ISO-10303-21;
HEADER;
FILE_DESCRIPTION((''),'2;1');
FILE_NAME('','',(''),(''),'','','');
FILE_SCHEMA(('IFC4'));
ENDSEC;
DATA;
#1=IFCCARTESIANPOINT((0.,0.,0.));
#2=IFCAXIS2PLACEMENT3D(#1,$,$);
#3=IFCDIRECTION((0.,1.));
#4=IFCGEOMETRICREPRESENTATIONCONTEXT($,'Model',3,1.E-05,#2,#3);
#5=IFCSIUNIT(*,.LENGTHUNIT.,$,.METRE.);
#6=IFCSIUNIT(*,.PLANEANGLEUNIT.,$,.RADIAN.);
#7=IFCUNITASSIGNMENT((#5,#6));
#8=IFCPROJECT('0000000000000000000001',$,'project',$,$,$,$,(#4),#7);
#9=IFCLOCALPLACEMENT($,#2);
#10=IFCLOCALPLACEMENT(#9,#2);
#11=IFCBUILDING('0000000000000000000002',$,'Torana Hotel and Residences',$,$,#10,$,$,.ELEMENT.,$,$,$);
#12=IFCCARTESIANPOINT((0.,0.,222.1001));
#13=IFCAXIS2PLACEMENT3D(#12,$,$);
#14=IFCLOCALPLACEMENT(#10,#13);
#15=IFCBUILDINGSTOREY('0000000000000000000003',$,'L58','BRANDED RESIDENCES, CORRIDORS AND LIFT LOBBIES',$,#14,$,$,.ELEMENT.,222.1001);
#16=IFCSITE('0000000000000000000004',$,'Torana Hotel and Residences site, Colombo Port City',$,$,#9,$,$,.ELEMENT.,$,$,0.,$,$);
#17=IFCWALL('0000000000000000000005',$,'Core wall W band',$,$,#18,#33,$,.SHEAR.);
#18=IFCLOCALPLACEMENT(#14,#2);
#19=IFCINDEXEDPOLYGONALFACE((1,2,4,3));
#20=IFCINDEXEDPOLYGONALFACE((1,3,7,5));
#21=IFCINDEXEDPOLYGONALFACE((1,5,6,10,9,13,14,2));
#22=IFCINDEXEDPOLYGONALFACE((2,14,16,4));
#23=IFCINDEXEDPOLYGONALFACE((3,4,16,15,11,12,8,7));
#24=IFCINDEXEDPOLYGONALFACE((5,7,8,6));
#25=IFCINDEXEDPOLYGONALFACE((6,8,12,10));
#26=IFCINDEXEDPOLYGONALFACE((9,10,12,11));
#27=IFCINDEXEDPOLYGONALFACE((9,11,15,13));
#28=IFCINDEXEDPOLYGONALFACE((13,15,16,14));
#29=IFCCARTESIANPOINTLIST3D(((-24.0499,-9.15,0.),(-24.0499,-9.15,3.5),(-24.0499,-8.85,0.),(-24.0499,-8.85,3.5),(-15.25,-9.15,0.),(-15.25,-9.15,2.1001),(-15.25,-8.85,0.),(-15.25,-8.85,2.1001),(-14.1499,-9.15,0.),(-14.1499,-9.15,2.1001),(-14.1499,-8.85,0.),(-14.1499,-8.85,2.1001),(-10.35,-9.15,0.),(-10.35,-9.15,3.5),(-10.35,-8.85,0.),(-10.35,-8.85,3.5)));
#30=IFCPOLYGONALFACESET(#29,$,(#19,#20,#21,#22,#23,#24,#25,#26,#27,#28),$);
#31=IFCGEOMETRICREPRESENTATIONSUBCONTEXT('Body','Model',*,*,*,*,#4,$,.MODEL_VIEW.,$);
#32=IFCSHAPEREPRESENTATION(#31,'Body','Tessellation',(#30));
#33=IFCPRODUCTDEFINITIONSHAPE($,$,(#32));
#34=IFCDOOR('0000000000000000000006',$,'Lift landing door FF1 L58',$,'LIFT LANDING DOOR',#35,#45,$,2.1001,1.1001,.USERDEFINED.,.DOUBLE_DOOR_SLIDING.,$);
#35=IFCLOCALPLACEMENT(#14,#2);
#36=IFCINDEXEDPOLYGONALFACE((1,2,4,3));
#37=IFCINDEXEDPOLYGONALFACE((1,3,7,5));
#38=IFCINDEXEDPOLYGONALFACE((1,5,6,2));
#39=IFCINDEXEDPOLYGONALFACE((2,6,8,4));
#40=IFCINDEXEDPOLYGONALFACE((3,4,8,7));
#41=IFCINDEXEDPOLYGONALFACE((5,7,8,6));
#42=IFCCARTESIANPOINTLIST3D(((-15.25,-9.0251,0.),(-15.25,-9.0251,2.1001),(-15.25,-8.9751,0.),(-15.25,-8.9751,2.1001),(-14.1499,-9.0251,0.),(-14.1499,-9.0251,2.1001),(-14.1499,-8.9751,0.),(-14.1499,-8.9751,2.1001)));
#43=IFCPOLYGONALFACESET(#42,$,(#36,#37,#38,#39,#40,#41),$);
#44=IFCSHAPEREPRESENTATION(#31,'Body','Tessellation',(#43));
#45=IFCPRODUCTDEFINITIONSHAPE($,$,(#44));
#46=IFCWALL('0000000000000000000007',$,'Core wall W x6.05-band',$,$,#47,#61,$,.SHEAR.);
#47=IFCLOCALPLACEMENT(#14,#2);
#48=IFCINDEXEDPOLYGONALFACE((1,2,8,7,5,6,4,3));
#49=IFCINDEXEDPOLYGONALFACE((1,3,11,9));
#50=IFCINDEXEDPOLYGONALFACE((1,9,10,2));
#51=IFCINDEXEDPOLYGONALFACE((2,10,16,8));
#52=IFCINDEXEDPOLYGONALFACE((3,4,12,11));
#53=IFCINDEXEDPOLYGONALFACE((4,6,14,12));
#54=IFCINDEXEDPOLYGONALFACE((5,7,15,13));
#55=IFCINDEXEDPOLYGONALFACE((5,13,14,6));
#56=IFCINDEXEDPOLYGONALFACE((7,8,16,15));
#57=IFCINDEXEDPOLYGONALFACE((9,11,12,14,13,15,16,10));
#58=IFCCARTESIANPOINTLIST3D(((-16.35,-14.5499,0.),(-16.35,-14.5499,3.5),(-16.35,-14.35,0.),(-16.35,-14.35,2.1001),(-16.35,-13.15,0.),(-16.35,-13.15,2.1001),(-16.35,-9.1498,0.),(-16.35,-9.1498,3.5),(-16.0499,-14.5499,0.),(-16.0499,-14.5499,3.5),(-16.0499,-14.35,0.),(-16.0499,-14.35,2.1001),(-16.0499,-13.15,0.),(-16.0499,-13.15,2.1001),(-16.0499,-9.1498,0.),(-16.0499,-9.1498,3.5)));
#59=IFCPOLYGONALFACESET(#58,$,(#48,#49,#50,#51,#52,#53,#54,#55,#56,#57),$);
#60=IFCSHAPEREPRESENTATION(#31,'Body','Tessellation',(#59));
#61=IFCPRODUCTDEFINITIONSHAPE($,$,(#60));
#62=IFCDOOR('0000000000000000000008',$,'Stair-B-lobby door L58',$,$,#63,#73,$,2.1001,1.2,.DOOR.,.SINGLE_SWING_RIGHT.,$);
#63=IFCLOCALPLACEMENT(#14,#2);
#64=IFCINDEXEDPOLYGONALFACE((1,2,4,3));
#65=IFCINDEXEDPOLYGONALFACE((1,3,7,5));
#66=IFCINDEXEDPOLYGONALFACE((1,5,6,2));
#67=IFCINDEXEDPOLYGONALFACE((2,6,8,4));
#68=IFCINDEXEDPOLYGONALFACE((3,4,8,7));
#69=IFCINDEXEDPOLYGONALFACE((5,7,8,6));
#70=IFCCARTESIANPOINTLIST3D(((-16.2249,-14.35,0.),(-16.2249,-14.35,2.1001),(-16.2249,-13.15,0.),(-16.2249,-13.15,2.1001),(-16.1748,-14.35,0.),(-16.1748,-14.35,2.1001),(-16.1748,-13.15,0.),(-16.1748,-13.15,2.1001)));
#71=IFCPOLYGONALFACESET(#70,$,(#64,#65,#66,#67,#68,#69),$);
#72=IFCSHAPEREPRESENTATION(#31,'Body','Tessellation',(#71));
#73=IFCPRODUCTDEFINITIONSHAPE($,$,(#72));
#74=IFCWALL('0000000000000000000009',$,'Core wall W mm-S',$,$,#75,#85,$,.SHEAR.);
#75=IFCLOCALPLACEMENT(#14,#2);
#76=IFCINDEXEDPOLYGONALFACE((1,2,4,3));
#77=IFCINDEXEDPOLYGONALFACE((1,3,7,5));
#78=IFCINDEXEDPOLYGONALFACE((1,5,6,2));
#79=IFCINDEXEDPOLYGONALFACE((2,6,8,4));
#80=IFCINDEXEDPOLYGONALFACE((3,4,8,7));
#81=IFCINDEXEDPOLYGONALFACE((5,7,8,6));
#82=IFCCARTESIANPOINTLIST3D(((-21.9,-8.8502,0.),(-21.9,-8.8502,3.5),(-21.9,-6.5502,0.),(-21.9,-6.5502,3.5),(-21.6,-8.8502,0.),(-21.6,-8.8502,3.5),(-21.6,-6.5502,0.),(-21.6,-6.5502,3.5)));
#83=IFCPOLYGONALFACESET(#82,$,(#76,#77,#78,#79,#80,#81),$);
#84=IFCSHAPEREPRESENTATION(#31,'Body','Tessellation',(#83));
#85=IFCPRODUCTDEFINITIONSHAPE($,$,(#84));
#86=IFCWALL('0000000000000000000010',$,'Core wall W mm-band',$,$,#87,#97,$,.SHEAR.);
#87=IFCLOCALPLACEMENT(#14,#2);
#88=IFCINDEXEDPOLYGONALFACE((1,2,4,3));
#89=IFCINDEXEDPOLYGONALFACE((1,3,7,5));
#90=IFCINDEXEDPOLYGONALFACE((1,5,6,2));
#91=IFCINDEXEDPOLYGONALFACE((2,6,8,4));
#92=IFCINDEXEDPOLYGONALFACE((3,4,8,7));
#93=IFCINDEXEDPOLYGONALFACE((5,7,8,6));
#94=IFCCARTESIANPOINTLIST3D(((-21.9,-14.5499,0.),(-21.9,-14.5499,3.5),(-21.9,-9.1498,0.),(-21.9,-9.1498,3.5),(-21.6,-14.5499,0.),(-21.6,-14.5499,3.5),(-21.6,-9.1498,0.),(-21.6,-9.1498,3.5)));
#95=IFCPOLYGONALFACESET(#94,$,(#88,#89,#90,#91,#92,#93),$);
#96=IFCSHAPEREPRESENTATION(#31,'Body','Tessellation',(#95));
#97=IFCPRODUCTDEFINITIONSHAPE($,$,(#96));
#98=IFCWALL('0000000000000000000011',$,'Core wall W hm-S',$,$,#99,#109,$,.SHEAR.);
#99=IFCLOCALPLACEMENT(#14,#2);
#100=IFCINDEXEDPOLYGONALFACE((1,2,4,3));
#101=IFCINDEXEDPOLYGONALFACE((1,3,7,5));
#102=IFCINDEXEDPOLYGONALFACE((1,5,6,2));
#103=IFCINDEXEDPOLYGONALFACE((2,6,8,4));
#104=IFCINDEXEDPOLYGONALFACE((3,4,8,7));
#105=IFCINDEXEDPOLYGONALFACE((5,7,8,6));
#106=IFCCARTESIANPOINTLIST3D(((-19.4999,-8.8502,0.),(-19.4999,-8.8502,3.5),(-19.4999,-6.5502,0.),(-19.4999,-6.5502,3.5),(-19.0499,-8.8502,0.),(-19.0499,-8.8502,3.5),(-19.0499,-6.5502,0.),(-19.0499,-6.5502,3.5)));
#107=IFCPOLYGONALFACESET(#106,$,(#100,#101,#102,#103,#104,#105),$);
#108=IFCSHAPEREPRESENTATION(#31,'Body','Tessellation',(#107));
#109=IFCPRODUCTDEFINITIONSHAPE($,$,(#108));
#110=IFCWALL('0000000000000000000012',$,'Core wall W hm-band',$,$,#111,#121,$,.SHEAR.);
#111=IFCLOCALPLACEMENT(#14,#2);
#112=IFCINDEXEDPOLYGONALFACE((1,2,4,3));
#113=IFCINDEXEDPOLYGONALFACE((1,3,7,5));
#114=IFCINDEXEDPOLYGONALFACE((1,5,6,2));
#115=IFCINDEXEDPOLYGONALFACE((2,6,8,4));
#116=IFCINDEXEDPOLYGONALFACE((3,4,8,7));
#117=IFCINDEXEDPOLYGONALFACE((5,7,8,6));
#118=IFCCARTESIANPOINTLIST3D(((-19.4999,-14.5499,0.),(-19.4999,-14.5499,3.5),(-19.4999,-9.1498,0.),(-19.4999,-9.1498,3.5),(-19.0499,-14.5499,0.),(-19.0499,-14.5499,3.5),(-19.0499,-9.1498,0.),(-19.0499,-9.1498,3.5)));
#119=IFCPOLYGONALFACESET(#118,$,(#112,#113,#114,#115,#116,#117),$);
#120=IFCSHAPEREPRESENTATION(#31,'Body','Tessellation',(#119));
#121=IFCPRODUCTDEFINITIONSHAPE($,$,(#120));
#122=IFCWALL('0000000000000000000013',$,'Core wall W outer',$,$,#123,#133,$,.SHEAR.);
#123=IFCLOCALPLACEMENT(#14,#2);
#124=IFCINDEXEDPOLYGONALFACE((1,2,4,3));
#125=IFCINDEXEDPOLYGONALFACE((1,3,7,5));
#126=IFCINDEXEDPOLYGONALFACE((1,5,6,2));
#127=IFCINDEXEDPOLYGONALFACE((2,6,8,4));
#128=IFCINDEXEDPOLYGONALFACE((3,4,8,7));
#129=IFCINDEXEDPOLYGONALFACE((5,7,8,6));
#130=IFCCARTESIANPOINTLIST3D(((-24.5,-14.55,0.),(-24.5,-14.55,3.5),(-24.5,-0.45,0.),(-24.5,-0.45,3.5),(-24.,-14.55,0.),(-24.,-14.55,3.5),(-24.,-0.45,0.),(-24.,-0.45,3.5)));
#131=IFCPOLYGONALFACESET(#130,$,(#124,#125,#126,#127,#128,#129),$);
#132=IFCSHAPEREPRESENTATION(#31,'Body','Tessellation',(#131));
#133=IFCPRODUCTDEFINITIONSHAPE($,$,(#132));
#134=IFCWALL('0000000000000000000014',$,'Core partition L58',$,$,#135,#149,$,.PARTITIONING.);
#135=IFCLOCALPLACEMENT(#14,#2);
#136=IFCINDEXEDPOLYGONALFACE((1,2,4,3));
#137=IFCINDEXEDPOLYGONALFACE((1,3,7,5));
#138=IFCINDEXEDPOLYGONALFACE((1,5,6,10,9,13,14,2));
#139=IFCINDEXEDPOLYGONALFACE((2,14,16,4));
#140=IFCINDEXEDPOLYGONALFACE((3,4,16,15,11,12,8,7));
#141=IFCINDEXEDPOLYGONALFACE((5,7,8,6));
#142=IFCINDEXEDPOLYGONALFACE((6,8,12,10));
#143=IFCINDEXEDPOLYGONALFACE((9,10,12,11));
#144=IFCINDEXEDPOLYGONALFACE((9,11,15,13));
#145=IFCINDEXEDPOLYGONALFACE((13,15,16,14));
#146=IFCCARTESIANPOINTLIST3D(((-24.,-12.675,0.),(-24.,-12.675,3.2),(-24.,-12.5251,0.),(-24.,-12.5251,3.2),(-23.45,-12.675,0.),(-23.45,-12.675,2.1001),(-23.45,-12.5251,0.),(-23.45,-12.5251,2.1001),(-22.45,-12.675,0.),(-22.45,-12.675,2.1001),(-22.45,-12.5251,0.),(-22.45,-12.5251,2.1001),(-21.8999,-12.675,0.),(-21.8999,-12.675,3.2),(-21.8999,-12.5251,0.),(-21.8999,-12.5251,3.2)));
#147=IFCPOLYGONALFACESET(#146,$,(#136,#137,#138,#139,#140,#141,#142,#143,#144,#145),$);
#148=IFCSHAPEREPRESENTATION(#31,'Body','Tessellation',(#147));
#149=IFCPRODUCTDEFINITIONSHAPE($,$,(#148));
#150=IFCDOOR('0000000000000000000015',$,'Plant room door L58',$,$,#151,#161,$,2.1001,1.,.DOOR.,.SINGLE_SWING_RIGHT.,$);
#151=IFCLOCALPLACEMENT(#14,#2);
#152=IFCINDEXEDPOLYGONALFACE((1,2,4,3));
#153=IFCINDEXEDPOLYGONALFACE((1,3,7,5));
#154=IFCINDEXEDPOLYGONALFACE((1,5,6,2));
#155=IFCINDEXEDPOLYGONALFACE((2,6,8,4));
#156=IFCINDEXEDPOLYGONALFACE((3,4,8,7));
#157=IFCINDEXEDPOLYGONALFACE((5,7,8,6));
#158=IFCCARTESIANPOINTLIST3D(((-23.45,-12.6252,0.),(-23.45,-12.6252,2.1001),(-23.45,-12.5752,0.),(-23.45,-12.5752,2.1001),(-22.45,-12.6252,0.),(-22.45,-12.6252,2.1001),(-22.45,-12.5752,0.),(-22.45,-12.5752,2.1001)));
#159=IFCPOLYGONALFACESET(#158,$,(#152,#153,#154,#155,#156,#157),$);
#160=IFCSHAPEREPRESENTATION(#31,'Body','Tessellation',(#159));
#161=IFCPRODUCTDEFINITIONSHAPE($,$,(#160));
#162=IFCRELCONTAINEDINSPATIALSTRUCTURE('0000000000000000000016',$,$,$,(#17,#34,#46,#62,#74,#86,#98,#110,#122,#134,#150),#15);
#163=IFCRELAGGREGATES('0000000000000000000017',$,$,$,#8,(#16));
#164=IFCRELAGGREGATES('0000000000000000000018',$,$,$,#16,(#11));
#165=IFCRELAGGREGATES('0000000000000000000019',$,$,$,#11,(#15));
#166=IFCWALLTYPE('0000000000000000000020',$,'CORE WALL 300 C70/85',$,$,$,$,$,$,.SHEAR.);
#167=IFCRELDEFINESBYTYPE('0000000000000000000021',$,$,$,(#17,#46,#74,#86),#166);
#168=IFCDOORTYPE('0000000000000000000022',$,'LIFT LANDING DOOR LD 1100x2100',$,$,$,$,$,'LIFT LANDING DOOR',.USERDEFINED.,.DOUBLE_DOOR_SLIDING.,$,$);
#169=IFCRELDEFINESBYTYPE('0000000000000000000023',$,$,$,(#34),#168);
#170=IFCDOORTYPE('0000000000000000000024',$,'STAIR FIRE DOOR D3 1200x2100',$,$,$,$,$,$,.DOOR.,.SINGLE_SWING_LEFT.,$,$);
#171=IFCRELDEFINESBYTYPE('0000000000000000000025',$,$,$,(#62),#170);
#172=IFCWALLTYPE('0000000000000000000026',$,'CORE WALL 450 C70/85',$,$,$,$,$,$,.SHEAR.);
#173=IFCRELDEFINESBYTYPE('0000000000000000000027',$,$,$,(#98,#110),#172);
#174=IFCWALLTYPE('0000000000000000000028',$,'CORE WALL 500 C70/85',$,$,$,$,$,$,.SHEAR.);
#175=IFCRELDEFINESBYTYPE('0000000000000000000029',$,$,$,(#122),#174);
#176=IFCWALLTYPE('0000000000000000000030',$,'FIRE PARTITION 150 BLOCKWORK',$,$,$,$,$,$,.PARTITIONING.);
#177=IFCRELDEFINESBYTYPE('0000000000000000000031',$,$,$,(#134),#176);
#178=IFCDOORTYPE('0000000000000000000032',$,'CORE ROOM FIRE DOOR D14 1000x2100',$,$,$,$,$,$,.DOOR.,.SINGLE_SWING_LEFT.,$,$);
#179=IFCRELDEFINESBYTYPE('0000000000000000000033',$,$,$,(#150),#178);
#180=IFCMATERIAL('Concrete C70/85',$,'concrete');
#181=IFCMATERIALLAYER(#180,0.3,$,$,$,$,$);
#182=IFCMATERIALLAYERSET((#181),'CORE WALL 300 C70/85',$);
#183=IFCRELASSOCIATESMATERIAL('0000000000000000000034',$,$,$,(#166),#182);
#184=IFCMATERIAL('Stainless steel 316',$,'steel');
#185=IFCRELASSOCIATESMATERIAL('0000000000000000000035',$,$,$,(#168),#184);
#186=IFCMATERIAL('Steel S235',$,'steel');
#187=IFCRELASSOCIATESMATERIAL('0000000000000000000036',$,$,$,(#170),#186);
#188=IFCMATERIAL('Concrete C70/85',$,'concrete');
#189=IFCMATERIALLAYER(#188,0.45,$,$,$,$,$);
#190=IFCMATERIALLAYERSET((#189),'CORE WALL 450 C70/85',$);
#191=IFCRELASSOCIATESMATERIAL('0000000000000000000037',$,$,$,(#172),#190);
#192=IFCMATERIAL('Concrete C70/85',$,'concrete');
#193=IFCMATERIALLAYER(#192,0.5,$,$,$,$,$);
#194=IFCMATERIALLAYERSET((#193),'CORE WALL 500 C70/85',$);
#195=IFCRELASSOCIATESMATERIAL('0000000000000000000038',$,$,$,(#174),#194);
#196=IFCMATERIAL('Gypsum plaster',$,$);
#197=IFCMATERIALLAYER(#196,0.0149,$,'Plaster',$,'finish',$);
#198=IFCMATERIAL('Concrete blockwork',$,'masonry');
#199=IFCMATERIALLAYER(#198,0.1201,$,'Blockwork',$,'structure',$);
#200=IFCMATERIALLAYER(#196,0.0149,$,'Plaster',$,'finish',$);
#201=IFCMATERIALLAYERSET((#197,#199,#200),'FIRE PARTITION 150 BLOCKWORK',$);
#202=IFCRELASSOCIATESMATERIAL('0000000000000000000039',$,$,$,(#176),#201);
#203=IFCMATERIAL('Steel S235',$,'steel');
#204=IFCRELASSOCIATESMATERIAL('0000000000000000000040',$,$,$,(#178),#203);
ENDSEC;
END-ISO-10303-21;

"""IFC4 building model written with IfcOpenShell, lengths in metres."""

from ifc_helpers import new_model, si_unit, direction, frame, frame_2d, origin, place, context, subcontext, project, spatial, rectangle, extrude, material, layer, layer_set, type_object, element, fill, save


model = new_model("IFC4")

# Units and contexts
model_context = context("Model", 3, precision=1e-05, world=origin(), true_north=direction((0.0, 1.0)))
body_context = subcontext(model_context, "Body", "Model", "MODEL_VIEW")
ifc_project = project(units=[si_unit("LENGTHUNIT", "METRE"), si_unit("PLANEANGLEUNIT", "RADIAN")], contexts=[model_context])

# Site, building, storey
site_placement = place(None, origin())
site = spatial("IfcSite", under=ifc_project, at=site_placement, Name="Torana Hotel and Residences site, Colombo Port City", CompositionType="ELEMENT", RefElevation=0.0)
building_placement = place(site_placement, origin())
building = spatial("IfcBuilding", under=site, at=building_placement, Name="Torana Hotel and Residences", CompositionType="ELEMENT")
storey_placement = place(building_placement, frame((0.0, 0.0, 222.1001)))
storey = spatial("IfcBuildingStorey", under=building, at=storey_placement, Name="L58", Description="BRANDED RESIDENCES, CORRIDORS AND LIFT LOBBIES", CompositionType="ELEMENT", Elevation=222.1001)

# Walls, openings, doors
ifc_material_1 = material(Name="Concrete C70/85", Category="concrete")
ifc_layer_1 = layer(ifc_material_1, 0.3)
ifc_layer_set_1 = layer_set([ifc_layer_1], Name="CORE WALL 300 C70/85")
wall_type_1 = type_object("IfcWallType", Name="CORE WALL 300 C70/85", PredefinedType="SHEAR", material=ifc_layer_set_1)
wall_1_placement = place(storey_placement, frame((-24.05, -9.0, 0.0), z_axis=(0.0, 0.0, 1.0), x_axis=(1.0, 0.0, 0.0)))
wall_1 = element("IfcWall", 1, at=wall_1_placement, inside=storey, type_object=wall_type_1, Name="Core wall W band", PredefinedType="SHEAR", context=body_context, shape_type="SweptSolid", body=[
    extrude(rectangle(XDim=13.7, YDim=0.3, at=frame_2d((6.8501, 0.0))), origin(), (0.0, 0.0, 1.0), 3.5),
])
opening_1_placement = place(wall_1_placement, frame((8.8, 0.0, 0.0)))
opening_1 = element("IfcOpeningElement", 2, at=opening_1_placement, cuts=wall_1, PredefinedType="OPENING", context=body_context, shape_type="SweptSolid", body=[
    extrude(rectangle(XDim=1.1001, YDim=2.1001, at=frame_2d((0.55, 1.05))), frame((0.0, 0.1599, 0.0), z_axis=(0.0, -1.0, 0.0), x_axis=(1.0, 0.0, 0.0)), (0.0, 0.0, 1.0), 0.3201),
])
ifc_material_2 = material(Name="Stainless steel 316", Category="steel")
door_type_1 = type_object("IfcDoorType", Name="LIFT LANDING DOOR LD 1100x2100", ElementType="LIFT LANDING DOOR", OperationType="DOUBLE_DOOR_SLIDING", PredefinedType="USERDEFINED", material=ifc_material_2)
door_1_placement = place(opening_1_placement, origin())
door_1 = element("IfcDoor", 3, at=door_1_placement, inside=storey, type_object=door_type_1, Name="Lift landing door FF1 L58", ObjectType="LIFT LANDING DOOR", OperationType="DOUBLE_DOOR_SLIDING", OverallHeight=2.1001, OverallWidth=1.1001, PredefinedType="USERDEFINED", context=body_context, shape_type="SweptSolid", body=[
    extrude(rectangle(XDim=1.1001, YDim=2.1001, at=frame_2d((0.55, 1.05))), frame((0.0, 0.0249, 0.0), z_axis=(0.0, -1.0, 0.0), x_axis=(1.0, 0.0, 0.0)), (0.0, 0.0, 1.0), 0.05),
])
fill(opening_1, door_1)
wall_2_placement = place(storey_placement, frame((-16.2, -14.55, 0.0), z_axis=(0.0, 0.0, 1.0), x_axis=(0.0, 1.0, 0.0)))
wall_2 = element("IfcWall", 4, at=wall_2_placement, inside=storey, type_object=wall_type_1, Name="Core wall W x6.05-band", PredefinedType="SHEAR", context=body_context, shape_type="SweptSolid", body=[
    extrude(rectangle(XDim=5.4001, YDim=0.3, at=frame_2d((2.7002, 0.0))), origin(), (0.0, 0.0, 1.0), 3.5),
])
opening_2_placement = place(wall_2_placement, frame((0.2, 0.0, 0.0)))
opening_2 = element("IfcOpeningElement", 5, at=opening_2_placement, cuts=wall_2, PredefinedType="OPENING", context=body_context, shape_type="SweptSolid", body=[
    extrude(rectangle(XDim=1.2, YDim=2.1001, at=frame_2d((0.6001, 1.05))), frame((0.0, 0.1599, 0.0), z_axis=(0.0, -1.0, 0.0), x_axis=(1.0, 0.0, 0.0)), (0.0, 0.0, 1.0), 0.3201),
])
ifc_material_3 = material(Name="Steel S235", Category="steel")
door_type_2 = type_object("IfcDoorType", Name="STAIR FIRE DOOR D3 1200x2100", OperationType="SINGLE_SWING_LEFT", PredefinedType="DOOR", material=ifc_material_3)
door_2_placement = place(opening_2_placement, origin())
door_2 = element("IfcDoor", 6, at=door_2_placement, inside=storey, type_object=door_type_2, Name="Stair-B-lobby door L58", OperationType="SINGLE_SWING_RIGHT", OverallHeight=2.1001, OverallWidth=1.2, PredefinedType="DOOR", context=body_context, shape_type="SweptSolid", body=[
    extrude(rectangle(XDim=1.2, YDim=2.1001, at=frame_2d((0.6001, 1.05))), frame((0.0, 0.0249, 0.0), z_axis=(0.0, -1.0, 0.0), x_axis=(1.0, 0.0, 0.0)), (0.0, 0.0, 1.0), 0.05),
])
fill(opening_2, door_2)

# Walls
wall_3_placement = place(storey_placement, frame((-21.75, -8.8501, 0.0), z_axis=(0.0, 0.0, 1.0), x_axis=(0.0, 1.0, 0.0)))
element("IfcWall", 7, at=wall_3_placement, inside=storey, type_object=wall_type_1, Name="Core wall W mm-S", PredefinedType="SHEAR", context=body_context, shape_type="SweptSolid", body=[
    extrude(rectangle(XDim=2.3, YDim=0.3, at=frame_2d((1.1499, 0.0))), origin(), (0.0, 0.0, 1.0), 3.5),
])
wall_4_placement = place(storey_placement, frame((-21.75, -14.55, 0.0), z_axis=(0.0, 0.0, 1.0), x_axis=(0.0, 1.0, 0.0)))
element("IfcWall", 8, at=wall_4_placement, inside=storey, type_object=wall_type_1, Name="Core wall W mm-band", PredefinedType="SHEAR", context=body_context, shape_type="SweptSolid", body=[
    extrude(rectangle(XDim=5.4001, YDim=0.3, at=frame_2d((2.7002, 0.0))), origin(), (0.0, 0.0, 1.0), 3.5),
])
ifc_material_4 = material(Name="Concrete C70/85", Category="concrete")
ifc_layer_2 = layer(ifc_material_4, 0.45)
ifc_layer_set_2 = layer_set([ifc_layer_2], Name="CORE WALL 450 C70/85")
wall_type_2 = type_object("IfcWallType", Name="CORE WALL 450 C70/85", PredefinedType="SHEAR", material=ifc_layer_set_2)
wall_5_placement = place(storey_placement, frame((-19.2749, -8.8501, 0.0), z_axis=(0.0, 0.0, 1.0), x_axis=(0.0, 1.0, 0.0)))
element("IfcWall", 9, at=wall_5_placement, inside=storey, type_object=wall_type_2, Name="Core wall W hm-S", PredefinedType="SHEAR", context=body_context, shape_type="SweptSolid", body=[
    extrude(rectangle(XDim=2.3, YDim=0.45, at=frame_2d((1.1499, 0.0))), origin(), (0.0, 0.0, 1.0), 3.5),
])
wall_6_placement = place(storey_placement, frame((-19.2749, -14.55, 0.0), z_axis=(0.0, 0.0, 1.0), x_axis=(0.0, 1.0, 0.0)))
element("IfcWall", 10, at=wall_6_placement, inside=storey, type_object=wall_type_2, Name="Core wall W hm-band", PredefinedType="SHEAR", context=body_context, shape_type="SweptSolid", body=[
    extrude(rectangle(XDim=5.4001, YDim=0.45, at=frame_2d((2.7002, 0.0))), origin(), (0.0, 0.0, 1.0), 3.5),
])
ifc_material_5 = material(Name="Concrete C70/85", Category="concrete")
ifc_layer_3 = layer(ifc_material_5, 0.5)
ifc_layer_set_3 = layer_set([ifc_layer_3], Name="CORE WALL 500 C70/85")
wall_type_3 = type_object("IfcWallType", Name="CORE WALL 500 C70/85", PredefinedType="SHEAR", material=ifc_layer_set_3)
wall_7_placement = place(storey_placement, frame((-24.25, -14.55, 0.0), z_axis=(0.0, 0.0, 1.0), x_axis=(0.0, 1.0, 0.0)))
element("IfcWall", 11, at=wall_7_placement, inside=storey, type_object=wall_type_3, Name="Core wall W outer", PredefinedType="SHEAR", context=body_context, shape_type="SweptSolid", body=[
    extrude(rectangle(XDim=14.1001, YDim=0.5, at=frame_2d((7.05, 0.0))), origin(), (0.0, 0.0, 1.0), 3.5),
])

# Wall, opening, door
ifc_material_6 = material(Name="Gypsum plaster")
ifc_layer_4 = layer(ifc_material_6, 0.0149, Name="Plaster", Category="finish")
ifc_material_7 = material(Name="Concrete blockwork", Category="masonry")
ifc_layer_5 = layer(ifc_material_7, 0.1201, Name="Blockwork", Category="structure")
ifc_layer_6 = layer(ifc_material_6, 0.0149, Name="Plaster", Category="finish")
ifc_layer_set_4 = layer_set([ifc_layer_4, ifc_layer_5, ifc_layer_6], Name="FIRE PARTITION 150 BLOCKWORK")
wall_type_4 = type_object("IfcWallType", Name="FIRE PARTITION 150 BLOCKWORK", PredefinedType="PARTITIONING", material=ifc_layer_set_4)
wall_8_placement = place(storey_placement, frame((-24.0, -12.6001, 0.0), z_axis=(0.0, 0.0, 1.0), x_axis=(1.0, 0.0, 0.0)))
wall_8 = element("IfcWall", 12, at=wall_8_placement, inside=storey, type_object=wall_type_4, Name="Core partition L58", PredefinedType="PARTITIONING", context=body_context, shape_type="SweptSolid", body=[
    extrude(rectangle(XDim=2.1001, YDim=0.1499, at=frame_2d((1.05, 0.0))), origin(), (0.0, 0.0, 1.0), 3.2),
])
opening_3_placement = place(wall_8_placement, frame((0.55, 0.0, 0.0)))
opening_3 = element("IfcOpeningElement", 13, at=opening_3_placement, cuts=wall_8, PredefinedType="OPENING", context=body_context, shape_type="SweptSolid", body=[
    extrude(rectangle(XDim=1.0, YDim=2.1001, at=frame_2d((0.5, 1.05))), frame((0.0, 0.085, 0.0), z_axis=(0.0, -1.0, 0.0), x_axis=(1.0, 0.0, 0.0)), (0.0, 0.0, 1.0), 0.1699),
])
ifc_material_8 = material(Name="Steel S235", Category="steel")
door_type_3 = type_object("IfcDoorType", Name="CORE ROOM FIRE DOOR D14 1000x2100", OperationType="SINGLE_SWING_LEFT", PredefinedType="DOOR", material=ifc_material_8)
door_3_placement = place(opening_3_placement, origin())
door_3 = element("IfcDoor", 14, at=door_3_placement, inside=storey, type_object=door_type_3, Name="Plant room door L58", OperationType="SINGLE_SWING_RIGHT", OverallHeight=2.1001, OverallWidth=1.0, PredefinedType="DOOR", context=body_context, shape_type="SweptSolid", body=[
    extrude(rectangle(XDim=1.0, YDim=2.1001, at=frame_2d((0.5, 1.05))), frame((0.0, 0.0249, 0.0), z_axis=(0.0, -1.0, 0.0), x_axis=(1.0, 0.0, 0.0)), (0.0, 0.0, 1.0), 0.05),
])
fill(opening_3, door_3)

save(model, "model.ifc")
